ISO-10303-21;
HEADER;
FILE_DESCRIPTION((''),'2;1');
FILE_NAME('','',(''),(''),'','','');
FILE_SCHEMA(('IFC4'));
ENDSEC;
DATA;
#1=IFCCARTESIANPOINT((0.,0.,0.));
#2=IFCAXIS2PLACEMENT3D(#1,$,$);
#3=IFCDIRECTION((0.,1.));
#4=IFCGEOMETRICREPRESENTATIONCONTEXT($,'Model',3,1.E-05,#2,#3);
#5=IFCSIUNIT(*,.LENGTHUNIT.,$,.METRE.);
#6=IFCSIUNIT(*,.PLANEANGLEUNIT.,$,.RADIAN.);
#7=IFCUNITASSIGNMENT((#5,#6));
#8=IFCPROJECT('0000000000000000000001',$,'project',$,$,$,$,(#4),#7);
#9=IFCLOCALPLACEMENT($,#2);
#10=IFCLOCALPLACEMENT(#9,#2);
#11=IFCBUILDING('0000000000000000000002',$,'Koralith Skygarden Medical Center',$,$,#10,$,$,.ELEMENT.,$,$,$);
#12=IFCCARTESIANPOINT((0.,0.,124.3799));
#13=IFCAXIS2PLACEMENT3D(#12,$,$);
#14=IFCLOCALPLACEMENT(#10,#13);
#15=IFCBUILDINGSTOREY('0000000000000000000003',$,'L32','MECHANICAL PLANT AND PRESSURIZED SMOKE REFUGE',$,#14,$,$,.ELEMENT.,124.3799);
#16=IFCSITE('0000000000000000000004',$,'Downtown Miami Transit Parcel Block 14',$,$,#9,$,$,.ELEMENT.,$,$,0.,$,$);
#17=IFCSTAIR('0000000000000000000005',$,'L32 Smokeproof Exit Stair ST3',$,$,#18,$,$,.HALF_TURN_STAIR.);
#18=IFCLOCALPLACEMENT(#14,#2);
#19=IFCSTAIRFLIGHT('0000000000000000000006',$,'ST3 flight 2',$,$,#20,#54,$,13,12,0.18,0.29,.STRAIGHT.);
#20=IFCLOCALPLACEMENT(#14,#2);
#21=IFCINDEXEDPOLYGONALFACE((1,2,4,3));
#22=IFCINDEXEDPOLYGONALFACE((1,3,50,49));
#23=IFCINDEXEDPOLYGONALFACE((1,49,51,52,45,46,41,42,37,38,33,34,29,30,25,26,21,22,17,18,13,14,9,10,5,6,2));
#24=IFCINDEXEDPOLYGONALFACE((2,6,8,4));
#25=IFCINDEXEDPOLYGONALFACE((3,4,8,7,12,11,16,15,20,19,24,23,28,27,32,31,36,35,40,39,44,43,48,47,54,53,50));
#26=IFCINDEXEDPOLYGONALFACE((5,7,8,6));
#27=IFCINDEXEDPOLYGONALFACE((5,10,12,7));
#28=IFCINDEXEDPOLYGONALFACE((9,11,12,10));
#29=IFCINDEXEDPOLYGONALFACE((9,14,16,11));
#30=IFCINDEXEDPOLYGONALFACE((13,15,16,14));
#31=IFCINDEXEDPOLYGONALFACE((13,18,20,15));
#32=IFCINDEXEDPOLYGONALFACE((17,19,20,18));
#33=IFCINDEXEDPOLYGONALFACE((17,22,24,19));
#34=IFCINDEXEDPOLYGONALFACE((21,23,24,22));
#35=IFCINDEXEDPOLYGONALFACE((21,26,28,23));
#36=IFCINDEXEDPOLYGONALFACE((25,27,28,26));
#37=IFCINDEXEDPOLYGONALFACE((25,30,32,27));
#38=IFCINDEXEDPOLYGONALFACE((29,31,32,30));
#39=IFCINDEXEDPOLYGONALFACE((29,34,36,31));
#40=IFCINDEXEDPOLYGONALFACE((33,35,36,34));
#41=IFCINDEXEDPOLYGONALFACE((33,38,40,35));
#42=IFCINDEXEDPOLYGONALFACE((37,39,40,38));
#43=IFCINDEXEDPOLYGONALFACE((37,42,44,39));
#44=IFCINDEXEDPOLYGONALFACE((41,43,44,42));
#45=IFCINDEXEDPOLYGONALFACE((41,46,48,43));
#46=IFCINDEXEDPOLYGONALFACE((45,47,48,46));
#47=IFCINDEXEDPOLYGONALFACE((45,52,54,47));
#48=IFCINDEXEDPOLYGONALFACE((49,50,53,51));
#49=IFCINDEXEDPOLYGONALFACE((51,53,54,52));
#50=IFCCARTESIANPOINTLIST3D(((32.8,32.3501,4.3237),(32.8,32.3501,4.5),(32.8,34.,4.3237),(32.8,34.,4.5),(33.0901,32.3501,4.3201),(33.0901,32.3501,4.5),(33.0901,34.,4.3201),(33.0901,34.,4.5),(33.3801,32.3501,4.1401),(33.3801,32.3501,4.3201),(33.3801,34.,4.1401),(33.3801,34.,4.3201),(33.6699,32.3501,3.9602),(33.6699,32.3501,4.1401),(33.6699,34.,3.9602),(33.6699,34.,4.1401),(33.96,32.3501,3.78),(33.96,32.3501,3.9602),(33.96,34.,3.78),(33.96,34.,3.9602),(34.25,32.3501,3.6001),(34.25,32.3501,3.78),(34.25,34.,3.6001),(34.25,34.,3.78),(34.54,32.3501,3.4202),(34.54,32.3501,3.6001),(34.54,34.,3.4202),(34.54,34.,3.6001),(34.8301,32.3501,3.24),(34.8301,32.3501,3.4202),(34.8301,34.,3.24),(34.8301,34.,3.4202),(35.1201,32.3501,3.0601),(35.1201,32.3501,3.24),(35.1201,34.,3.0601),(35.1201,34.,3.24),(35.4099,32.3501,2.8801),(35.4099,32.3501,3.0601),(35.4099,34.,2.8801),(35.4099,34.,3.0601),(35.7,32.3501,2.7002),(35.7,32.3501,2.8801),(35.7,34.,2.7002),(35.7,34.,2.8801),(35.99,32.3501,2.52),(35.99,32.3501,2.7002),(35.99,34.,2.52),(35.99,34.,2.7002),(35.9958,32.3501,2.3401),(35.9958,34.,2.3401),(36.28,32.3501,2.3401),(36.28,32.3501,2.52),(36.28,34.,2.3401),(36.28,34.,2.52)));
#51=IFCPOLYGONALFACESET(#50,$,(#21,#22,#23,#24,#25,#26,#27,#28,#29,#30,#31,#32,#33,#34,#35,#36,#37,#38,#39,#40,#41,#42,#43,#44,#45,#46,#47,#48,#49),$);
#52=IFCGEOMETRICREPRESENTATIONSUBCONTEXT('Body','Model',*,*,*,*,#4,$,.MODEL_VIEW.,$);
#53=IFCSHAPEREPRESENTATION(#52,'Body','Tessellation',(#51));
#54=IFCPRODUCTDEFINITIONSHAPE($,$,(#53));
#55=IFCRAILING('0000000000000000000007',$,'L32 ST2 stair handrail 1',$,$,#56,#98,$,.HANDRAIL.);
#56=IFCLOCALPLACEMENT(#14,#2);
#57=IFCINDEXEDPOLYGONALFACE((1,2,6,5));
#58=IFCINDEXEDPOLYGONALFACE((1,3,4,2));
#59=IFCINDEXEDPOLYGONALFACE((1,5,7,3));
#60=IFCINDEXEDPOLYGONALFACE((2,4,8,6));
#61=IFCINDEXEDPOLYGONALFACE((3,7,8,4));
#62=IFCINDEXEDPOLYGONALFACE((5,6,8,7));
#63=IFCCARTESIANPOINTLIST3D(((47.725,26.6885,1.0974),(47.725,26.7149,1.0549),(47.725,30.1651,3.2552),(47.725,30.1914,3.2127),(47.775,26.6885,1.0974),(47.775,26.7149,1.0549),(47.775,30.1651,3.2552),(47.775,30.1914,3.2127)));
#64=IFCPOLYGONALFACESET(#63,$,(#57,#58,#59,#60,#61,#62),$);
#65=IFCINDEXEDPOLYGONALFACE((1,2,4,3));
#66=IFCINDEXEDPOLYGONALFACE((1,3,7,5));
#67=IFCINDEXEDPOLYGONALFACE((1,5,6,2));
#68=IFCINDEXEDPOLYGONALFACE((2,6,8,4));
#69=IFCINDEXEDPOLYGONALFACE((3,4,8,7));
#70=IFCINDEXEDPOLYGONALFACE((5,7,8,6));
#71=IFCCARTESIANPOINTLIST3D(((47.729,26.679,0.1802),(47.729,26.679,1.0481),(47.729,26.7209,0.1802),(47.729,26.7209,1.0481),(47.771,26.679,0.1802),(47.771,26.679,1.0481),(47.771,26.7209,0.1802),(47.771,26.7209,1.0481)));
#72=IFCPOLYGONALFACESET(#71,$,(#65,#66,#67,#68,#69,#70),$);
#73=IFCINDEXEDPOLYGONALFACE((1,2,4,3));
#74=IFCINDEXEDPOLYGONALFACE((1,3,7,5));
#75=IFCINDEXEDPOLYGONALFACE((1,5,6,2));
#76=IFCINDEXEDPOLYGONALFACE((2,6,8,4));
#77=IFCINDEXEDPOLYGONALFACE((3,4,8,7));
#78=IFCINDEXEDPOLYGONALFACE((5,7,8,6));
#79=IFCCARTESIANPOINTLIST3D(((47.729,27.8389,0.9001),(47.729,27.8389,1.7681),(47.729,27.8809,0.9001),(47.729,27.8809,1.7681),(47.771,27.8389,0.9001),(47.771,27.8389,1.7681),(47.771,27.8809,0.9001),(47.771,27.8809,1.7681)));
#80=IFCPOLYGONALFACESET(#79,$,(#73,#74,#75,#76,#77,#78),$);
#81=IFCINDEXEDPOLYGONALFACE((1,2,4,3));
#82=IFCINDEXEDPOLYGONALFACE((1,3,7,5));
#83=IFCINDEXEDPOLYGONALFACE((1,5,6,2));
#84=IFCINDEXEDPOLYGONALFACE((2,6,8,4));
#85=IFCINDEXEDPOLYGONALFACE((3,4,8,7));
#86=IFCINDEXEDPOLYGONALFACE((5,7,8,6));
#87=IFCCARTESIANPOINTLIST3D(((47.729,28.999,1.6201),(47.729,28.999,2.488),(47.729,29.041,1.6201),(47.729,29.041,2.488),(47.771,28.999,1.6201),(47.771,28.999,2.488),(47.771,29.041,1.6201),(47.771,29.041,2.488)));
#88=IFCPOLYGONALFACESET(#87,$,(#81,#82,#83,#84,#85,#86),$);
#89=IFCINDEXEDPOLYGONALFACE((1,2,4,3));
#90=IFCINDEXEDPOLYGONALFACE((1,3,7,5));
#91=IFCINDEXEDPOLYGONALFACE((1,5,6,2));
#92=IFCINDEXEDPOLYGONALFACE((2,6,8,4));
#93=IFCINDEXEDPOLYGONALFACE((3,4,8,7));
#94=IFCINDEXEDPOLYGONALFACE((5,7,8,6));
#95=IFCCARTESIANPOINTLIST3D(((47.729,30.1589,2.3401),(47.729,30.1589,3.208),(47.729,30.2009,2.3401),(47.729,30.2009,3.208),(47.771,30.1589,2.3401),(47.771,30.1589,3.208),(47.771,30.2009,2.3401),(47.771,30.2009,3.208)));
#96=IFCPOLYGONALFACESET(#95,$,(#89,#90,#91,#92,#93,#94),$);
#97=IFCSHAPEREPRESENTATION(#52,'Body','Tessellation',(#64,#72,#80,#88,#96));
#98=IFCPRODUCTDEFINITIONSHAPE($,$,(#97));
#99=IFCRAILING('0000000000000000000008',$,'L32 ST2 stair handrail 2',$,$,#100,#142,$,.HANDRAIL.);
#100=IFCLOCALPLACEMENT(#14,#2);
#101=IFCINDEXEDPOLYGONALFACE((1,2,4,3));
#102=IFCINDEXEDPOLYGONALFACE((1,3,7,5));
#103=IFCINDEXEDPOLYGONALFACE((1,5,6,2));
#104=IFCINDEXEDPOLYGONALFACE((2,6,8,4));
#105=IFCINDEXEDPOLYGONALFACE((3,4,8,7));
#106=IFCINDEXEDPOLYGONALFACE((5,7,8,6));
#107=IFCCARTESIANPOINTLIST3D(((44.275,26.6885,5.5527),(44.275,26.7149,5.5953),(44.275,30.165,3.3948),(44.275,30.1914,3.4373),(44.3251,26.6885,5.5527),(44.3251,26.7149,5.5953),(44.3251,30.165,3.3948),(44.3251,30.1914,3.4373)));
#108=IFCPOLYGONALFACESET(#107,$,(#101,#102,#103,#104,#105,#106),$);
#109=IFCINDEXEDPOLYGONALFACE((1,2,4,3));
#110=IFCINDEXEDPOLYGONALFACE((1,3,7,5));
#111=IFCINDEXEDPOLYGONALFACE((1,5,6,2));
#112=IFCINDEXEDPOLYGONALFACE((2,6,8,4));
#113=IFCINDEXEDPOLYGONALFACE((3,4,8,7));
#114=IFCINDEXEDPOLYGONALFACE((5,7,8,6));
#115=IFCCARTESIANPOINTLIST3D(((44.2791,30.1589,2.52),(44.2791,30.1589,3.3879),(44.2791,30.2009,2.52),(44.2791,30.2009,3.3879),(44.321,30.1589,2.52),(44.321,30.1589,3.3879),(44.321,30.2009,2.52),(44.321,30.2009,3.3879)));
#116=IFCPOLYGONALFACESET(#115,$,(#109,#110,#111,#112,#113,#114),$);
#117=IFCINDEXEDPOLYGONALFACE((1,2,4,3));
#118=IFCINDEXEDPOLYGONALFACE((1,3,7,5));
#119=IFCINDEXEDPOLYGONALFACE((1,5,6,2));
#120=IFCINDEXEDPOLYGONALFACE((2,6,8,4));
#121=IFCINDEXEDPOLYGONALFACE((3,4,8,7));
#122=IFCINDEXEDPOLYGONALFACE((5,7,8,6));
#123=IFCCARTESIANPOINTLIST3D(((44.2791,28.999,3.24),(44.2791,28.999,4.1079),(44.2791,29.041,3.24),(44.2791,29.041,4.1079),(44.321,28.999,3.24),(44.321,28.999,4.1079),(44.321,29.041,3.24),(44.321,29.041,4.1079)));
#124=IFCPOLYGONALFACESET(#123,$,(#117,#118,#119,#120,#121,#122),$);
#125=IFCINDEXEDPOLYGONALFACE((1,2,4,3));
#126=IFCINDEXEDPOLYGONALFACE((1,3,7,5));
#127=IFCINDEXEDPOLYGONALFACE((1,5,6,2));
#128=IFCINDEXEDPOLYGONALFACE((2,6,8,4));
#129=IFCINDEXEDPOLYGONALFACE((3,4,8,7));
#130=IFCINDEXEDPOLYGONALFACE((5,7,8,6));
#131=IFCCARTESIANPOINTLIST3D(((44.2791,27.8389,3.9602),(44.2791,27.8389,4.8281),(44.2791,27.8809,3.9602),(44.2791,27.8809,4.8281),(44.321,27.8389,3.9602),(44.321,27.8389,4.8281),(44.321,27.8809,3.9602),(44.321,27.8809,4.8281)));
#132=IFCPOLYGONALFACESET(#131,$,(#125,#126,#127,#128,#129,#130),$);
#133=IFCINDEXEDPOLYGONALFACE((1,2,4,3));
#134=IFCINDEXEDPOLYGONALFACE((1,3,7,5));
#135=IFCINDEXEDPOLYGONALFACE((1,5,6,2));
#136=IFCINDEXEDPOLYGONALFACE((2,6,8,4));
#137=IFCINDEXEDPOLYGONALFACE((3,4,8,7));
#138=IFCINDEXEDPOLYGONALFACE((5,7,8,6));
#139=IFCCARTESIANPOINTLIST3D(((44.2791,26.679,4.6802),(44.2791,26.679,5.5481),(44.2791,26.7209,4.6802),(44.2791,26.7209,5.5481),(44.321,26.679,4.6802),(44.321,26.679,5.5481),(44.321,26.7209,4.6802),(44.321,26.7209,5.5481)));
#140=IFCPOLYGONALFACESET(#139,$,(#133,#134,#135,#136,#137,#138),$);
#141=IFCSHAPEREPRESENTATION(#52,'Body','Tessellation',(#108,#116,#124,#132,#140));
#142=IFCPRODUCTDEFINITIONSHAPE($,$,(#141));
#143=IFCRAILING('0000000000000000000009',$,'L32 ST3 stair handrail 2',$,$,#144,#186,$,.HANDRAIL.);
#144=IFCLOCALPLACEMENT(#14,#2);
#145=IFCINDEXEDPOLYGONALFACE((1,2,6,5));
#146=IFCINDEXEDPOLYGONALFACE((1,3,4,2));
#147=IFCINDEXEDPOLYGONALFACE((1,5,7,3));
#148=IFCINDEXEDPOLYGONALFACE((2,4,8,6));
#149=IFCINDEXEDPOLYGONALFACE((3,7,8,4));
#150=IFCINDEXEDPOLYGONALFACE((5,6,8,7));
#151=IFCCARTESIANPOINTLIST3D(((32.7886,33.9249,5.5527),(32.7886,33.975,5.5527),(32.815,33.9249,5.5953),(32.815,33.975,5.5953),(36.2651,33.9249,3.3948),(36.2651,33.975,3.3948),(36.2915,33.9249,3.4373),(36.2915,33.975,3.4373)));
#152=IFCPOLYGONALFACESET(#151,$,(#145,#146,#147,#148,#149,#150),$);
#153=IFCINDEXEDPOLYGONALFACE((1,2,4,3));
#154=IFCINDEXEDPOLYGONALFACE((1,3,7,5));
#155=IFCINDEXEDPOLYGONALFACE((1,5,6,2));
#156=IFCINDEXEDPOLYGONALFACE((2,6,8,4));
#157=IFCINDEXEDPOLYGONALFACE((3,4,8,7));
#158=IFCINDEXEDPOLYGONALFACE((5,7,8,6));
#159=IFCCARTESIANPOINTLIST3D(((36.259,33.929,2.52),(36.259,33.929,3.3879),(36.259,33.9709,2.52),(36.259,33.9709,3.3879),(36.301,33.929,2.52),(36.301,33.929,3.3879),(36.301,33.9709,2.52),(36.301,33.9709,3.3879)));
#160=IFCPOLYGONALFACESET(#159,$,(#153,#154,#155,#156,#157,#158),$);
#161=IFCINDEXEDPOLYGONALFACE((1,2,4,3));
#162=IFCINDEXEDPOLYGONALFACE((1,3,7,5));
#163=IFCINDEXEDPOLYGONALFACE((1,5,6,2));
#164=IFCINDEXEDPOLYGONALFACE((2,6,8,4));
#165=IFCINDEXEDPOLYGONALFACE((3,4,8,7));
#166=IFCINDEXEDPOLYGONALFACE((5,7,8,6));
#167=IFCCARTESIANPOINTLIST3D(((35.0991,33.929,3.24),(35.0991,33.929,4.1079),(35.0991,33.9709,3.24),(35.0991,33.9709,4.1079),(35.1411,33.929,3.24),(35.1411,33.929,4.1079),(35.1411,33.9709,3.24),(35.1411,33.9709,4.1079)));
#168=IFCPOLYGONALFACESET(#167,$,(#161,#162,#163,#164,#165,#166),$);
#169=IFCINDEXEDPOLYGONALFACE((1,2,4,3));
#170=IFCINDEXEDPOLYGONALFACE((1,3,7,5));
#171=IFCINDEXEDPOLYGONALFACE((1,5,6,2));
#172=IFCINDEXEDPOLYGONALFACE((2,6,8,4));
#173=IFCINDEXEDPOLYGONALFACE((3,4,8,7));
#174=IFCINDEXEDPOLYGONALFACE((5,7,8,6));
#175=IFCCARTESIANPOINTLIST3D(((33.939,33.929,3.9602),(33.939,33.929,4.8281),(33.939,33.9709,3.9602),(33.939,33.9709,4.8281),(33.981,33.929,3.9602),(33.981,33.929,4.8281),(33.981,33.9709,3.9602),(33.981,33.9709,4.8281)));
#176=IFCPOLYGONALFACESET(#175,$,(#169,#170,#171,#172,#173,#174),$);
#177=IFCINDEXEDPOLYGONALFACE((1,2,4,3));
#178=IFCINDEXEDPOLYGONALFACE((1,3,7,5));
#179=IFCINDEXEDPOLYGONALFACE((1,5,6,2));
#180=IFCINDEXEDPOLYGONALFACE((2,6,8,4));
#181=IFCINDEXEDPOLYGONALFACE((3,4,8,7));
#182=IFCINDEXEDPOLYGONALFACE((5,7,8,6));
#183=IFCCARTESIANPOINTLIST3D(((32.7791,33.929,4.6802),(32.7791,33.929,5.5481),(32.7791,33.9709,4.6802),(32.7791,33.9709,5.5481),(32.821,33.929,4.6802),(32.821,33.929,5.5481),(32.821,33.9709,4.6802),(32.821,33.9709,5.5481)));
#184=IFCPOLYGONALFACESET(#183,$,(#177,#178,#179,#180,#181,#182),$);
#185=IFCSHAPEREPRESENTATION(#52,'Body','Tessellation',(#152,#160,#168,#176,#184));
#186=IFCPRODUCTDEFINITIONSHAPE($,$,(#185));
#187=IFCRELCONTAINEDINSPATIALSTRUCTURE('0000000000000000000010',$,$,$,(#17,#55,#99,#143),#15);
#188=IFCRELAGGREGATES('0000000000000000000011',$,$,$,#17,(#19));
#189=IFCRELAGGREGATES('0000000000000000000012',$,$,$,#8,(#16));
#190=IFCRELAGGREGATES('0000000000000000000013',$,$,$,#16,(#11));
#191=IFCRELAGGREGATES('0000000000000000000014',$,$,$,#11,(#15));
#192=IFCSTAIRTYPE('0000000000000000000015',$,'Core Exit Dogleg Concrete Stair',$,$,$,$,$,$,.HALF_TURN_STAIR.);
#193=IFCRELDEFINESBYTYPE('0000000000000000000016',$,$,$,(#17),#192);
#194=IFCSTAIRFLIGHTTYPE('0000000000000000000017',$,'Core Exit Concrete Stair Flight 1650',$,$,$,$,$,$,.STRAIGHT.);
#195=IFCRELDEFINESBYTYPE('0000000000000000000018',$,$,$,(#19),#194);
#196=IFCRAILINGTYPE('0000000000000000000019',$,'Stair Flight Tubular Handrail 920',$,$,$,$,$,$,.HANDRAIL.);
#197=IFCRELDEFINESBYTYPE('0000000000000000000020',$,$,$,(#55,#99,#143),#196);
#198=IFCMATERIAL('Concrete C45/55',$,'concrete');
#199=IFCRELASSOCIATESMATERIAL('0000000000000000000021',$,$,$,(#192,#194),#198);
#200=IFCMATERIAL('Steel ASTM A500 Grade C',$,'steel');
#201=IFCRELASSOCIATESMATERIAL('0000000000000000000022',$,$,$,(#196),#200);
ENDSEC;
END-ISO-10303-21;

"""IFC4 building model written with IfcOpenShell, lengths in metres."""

from ifc_helpers import new_model, si_unit, direction, frame, origin, origin_2d, place, context, subcontext, project, spatial, polyline, rectangle, outline, extrude, material, type_object, element, aggregate, save


model = new_model("IFC4")

# Units and contexts
model_context = context("Model", 3, precision=1e-05, world=origin(), true_north=direction((0.0, 1.0)))
body_context = subcontext(model_context, "Body", "Model", "MODEL_VIEW")
ifc_project = project(units=[si_unit("LENGTHUNIT", "METRE"), si_unit("PLANEANGLEUNIT", "RADIAN")], contexts=[model_context])

# Site, building, storey
site_placement = place(None, origin())
site = spatial("IfcSite", under=ifc_project, at=site_placement, Name="Downtown Miami Transit Parcel Block 14", CompositionType="ELEMENT", RefElevation=0.0)
building_placement = place(site_placement, origin())
building = spatial("IfcBuilding", under=site, at=building_placement, Name="Koralith Skygarden Medical Center", CompositionType="ELEMENT")
storey_placement = place(building_placement, frame((0.0, 0.0, 124.3799)))
storey = spatial("IfcBuildingStorey", under=building, at=storey_placement, Name="L32", Description="MECHANICAL PLANT AND PRESSURIZED SMOKE REFUGE", CompositionType="ELEMENT", Elevation=124.3799)

# Shared definitions
ifc_material_1 = material(Name="Concrete C45/55", Category="concrete")

# Shared definitions
stair_type = type_object("IfcStairType", Name="Core Exit Dogleg Concrete Stair", PredefinedType="HALF_TURN_STAIR", material=ifc_material_1)
stair_flight_type = type_object("IfcStairFlightType", Name="Core Exit Concrete Stair Flight 1650", PredefinedType="STRAIGHT", material=ifc_material_1)

# Stair, stair flight
stair_1_placement = place(storey_placement, origin())
stair_1 = element("IfcStair", 1, at=stair_1_placement, inside=storey, type_object=stair_type, Name="L32 Smokeproof Exit Stair ST3", PredefinedType="HALF_TURN_STAIR")
stair_flight_1_placement = place(storey_placement, frame((36.28, 33.175, 2.3401), z_axis=(0.0, 0.0, 1.0), x_axis=(-1.0, 0.0, 0.0)))
stair_flight_1 = element("IfcStairFlight", 2, at=stair_flight_1_placement, type_object=stair_flight_type, Name="ST3 flight 2", NumberOfRisers=13, NumberOfTreads=12, PredefinedType="STRAIGHT", RiserHeight=0.18, TreadLength=0.29, context=body_context, shape_type="SweptSolid", body=[
    extrude(outline(polyline([(0.0, 0.0), (0.0, 0.1799), (0.29, 0.1799), (0.29, 0.3601), (0.5801, 0.3601), (0.5801, 0.54), (0.8701, 0.54), (0.8701, 0.72), (1.1599, 0.72), (1.1599, 0.8999), (1.45, 0.8999), (1.45, 1.0801), (1.74, 1.0801), (1.74, 1.26), (2.03, 1.26), (2.03, 1.4399), (2.3201, 1.4399), (2.3201, 1.6201), (2.6101, 1.6201), (2.6101, 1.8), (2.8999, 1.8), (2.8999, 1.98), (3.1899, 1.98), (3.1899, 2.1599), (3.48, 2.1599), (3.48, 2.3401), (3.48, 1.9836), (0.2842, 0.0), (0.0, 0.0)])), frame((0.0, 0.825, 0.0), z_axis=(0.0, -1.0, 0.0), x_axis=(1.0, 0.0, 0.0)), (0.0, 0.0, 1.0), 1.6499),
])
aggregate(stair_1, [stair_flight_1])

# Railings
ifc_material_2 = material(Name="Steel ASTM A500 Grade C", Category="steel")
railing_type_1 = type_object("IfcRailingType", Name="Stair Flight Tubular Handrail 920", PredefinedType="HANDRAIL", material=ifc_material_2)
railing_1_placement = place(storey_placement, frame((47.75, 26.7, 0.1802)))
element("IfcRailing", 3, at=railing_1_placement, inside=storey, type_object=railing_type_1, Name="L32 ST2 stair handrail 1", PredefinedType="HANDRAIL", context=body_context, shape_type="SweptSolid", body=[
    extrude(rectangle(XDim=0.05, YDim=0.05, at=origin_2d()), frame((0.0, 0.0017, 0.896), z_axis=(0.0, 0.849648, 0.52735), x_axis=(-1.0, 0.0, 0.0)), (0.0, 0.0, 1.0), 4.0918),
    extrude(rectangle(XDim=0.042, YDim=0.042, at=origin_2d()), origin(), (0.0, 0.0, 1.0), 0.8679),
    extrude(rectangle(XDim=0.042, YDim=0.042, at=origin_2d()), frame((0.0, 1.1599, 0.72)), (0.0, 0.0, 1.0), 0.8679),
    extrude(rectangle(XDim=0.042, YDim=0.042, at=origin_2d()), frame((0.0, 2.3201, 1.4399)), (0.0, 0.0, 1.0), 0.8679),
    extrude(rectangle(XDim=0.042, YDim=0.042, at=origin_2d()), frame((0.0, 3.48, 2.1599)), (0.0, 0.0, 1.0), 0.8679),
])
railing_2_placement = place(storey_placement, frame((44.3, 30.1799, 2.52)))
element("IfcRailing", 4, at=railing_2_placement, inside=storey, type_object=railing_type_1, Name="L32 ST2 stair handrail 2", PredefinedType="HANDRAIL", context=body_context, shape_type="SweptSolid", body=[
    extrude(rectangle(XDim=0.05, YDim=0.05, at=origin_2d()), frame((0.0, -0.0017, 0.896), z_axis=(0.0, -0.849622, 0.527393), x_axis=(1.0, 0.0, 0.0)), (0.0, 0.0, 1.0), 4.0918),
    extrude(rectangle(XDim=0.042, YDim=0.042, at=origin_2d()), origin(), (0.0, 0.0, 1.0), 0.8679),
    extrude(rectangle(XDim=0.042, YDim=0.042, at=origin_2d()), frame((0.0, -1.1599, 0.72)), (0.0, 0.0, 1.0), 0.8679),
    extrude(rectangle(XDim=0.042, YDim=0.042, at=origin_2d()), frame((0.0, -2.3201, 1.4402)), (0.0, 0.0, 1.0), 0.8679),
    extrude(rectangle(XDim=0.042, YDim=0.042, at=origin_2d()), frame((0.0, -3.48, 2.1602)), (0.0, 0.0, 1.0), 0.8679),
])
railing_3_placement = place(storey_placement, frame((36.28, 33.95, 2.52)))
element("IfcRailing", 5, at=railing_3_placement, inside=storey, type_object=railing_type_1, Name="L32 ST3 stair handrail 2", PredefinedType="HANDRAIL", context=body_context, shape_type="SweptSolid", body=[
    extrude(rectangle(XDim=0.05, YDim=0.05, at=origin_2d()), frame((-0.0017, 0.0, 0.896), z_axis=(-0.849622, 0.0, 0.527393), x_axis=(0.0, -1.0, 0.0)), (0.0, 0.0, 1.0), 4.0918),
    extrude(rectangle(XDim=0.042, YDim=0.042, at=origin_2d()), origin(), (0.0, 0.0, 1.0), 0.8679),
    extrude(rectangle(XDim=0.042, YDim=0.042, at=origin_2d()), frame((-1.1599, 0.0, 0.72)), (0.0, 0.0, 1.0), 0.8679),
    extrude(rectangle(XDim=0.042, YDim=0.042, at=origin_2d()), frame((-2.3201, 0.0, 1.4402)), (0.0, 0.0, 1.0), 0.8679),
    extrude(rectangle(XDim=0.042, YDim=0.042, at=origin_2d()), frame((-3.48, 0.0, 2.1602)), (0.0, 0.0, 1.0), 0.8679),
])

save(model, "model.ifc")
